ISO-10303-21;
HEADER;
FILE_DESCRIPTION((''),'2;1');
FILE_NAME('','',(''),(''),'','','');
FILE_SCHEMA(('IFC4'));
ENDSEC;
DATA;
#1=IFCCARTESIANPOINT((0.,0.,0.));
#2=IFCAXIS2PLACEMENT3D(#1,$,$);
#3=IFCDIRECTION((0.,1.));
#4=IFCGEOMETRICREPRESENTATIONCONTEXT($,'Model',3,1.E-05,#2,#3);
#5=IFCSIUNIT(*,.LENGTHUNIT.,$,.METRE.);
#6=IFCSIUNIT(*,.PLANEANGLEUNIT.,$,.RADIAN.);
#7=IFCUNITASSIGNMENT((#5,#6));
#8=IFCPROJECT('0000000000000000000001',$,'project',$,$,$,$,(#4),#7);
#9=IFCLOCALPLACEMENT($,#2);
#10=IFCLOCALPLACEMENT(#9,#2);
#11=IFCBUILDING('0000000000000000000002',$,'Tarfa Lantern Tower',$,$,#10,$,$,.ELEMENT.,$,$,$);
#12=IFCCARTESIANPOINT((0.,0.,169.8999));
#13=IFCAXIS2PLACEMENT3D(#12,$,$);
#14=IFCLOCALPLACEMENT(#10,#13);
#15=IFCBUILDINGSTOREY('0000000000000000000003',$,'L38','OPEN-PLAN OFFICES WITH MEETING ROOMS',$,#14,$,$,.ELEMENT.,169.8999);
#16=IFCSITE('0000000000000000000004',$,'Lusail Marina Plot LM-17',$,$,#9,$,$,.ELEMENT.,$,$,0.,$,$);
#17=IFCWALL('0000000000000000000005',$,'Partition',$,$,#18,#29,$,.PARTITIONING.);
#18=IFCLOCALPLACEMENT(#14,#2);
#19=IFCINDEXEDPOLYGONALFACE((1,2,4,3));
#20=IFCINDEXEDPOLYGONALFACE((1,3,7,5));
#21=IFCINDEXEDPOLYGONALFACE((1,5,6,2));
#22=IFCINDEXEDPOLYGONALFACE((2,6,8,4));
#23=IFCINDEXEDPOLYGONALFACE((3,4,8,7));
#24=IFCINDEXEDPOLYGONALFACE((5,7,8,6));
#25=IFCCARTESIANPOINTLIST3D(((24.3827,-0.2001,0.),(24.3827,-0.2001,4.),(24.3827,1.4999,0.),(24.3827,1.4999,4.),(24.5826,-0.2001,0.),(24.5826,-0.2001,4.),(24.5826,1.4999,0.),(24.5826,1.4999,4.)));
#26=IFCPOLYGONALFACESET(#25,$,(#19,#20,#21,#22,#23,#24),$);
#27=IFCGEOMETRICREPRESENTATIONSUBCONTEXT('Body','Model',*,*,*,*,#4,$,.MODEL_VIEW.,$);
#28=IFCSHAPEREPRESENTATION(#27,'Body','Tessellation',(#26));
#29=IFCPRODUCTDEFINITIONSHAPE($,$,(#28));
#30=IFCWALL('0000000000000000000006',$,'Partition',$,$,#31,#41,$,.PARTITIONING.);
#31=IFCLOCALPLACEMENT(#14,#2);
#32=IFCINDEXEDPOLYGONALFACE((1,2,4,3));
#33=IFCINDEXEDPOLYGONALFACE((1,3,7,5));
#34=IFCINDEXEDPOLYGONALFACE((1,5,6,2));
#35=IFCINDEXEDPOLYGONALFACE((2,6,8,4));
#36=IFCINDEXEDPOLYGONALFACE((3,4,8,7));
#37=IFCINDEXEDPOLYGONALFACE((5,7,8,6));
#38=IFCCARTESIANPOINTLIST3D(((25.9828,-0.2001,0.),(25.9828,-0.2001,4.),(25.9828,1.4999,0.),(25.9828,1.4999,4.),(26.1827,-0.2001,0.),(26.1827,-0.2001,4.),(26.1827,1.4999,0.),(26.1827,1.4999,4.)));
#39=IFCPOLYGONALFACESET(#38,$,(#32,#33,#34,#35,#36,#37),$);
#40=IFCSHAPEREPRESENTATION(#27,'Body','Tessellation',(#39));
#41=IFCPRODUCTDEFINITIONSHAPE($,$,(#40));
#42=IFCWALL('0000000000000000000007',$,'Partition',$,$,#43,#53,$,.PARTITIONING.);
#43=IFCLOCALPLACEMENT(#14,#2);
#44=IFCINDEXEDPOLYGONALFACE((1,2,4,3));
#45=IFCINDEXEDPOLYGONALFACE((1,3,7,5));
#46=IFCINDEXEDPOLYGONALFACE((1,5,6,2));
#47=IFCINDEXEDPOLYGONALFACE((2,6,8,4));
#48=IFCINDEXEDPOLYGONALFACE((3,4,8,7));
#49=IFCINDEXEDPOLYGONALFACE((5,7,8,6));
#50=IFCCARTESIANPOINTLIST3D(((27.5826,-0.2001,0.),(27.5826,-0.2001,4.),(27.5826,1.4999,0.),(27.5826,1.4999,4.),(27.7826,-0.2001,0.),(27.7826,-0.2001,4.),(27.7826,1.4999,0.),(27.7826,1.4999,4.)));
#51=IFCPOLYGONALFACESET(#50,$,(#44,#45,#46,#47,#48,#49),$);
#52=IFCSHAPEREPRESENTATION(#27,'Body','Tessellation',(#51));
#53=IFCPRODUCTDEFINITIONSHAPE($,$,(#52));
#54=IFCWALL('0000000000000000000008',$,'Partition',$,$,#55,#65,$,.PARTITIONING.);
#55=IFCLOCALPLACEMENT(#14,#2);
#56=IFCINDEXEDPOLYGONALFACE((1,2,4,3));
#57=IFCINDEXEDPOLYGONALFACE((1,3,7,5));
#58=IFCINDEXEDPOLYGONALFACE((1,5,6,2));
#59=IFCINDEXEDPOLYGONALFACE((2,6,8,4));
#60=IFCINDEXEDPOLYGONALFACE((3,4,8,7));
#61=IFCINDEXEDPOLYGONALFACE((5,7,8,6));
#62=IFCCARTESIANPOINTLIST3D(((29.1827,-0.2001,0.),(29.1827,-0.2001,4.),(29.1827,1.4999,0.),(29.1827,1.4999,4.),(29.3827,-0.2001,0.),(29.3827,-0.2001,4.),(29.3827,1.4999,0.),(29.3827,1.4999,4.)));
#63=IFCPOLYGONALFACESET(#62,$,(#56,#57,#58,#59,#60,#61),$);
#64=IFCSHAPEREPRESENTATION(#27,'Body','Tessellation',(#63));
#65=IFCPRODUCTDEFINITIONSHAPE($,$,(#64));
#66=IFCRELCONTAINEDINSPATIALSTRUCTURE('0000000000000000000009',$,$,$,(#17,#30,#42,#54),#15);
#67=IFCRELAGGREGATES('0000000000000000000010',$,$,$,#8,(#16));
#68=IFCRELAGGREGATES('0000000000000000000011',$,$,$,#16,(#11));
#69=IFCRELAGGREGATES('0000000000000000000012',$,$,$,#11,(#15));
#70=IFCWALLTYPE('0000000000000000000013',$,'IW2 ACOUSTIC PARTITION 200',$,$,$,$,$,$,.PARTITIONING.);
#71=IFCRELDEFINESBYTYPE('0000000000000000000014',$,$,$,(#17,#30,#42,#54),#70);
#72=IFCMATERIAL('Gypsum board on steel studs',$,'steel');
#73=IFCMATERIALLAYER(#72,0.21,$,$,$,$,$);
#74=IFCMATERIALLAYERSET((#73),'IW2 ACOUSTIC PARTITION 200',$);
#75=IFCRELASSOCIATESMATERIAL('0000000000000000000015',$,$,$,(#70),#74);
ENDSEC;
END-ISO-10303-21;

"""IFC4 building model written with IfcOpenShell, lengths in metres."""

from ifc_helpers import new_model, si_unit, direction, frame, frame_2d, origin, place, context, subcontext, project, spatial, rectangle, extrude, material, layer, layer_set, type_object, element, save


model = new_model("IFC4")

# Units and contexts
model_context = context("Model", 3, precision=1e-05, world=origin(), true_north=direction((0.0, 1.0)))
body_context = subcontext(model_context, "Body", "Model", "MODEL_VIEW")
ifc_project = project(units=[si_unit("LENGTHUNIT", "METRE"), si_unit("PLANEANGLEUNIT", "RADIAN")], contexts=[model_context])

# Site, building, storey
site_placement = place(None, origin())
site = spatial("IfcSite", under=ifc_project, at=site_placement, Name="Lusail Marina Plot LM-17", CompositionType="ELEMENT", RefElevation=0.0)
building_placement = place(site_placement, origin())
building = spatial("IfcBuilding", under=site, at=building_placement, Name="Tarfa Lantern Tower", CompositionType="ELEMENT")
storey_placement = place(building_placement, frame((0.0, 0.0, 169.8999)))
storey = spatial("IfcBuildingStorey", under=building, at=storey_placement, Name="L38", Description="OPEN-PLAN OFFICES WITH MEETING ROOMS", CompositionType="ELEMENT", Elevation=169.8999)

# Walls
ifc_material_1 = material(Name="Gypsum board on steel studs", Category="steel")
ifc_layer_1 = layer(ifc_material_1, 0.21)
ifc_layer_set_1 = layer_set([ifc_layer_1], Name="IW2 ACOUSTIC PARTITION 200")
wall_type = type_object("IfcWallType", Name="IW2 ACOUSTIC PARTITION 200", PredefinedType="PARTITIONING", material=ifc_layer_set_1)
for number, where, z_axis, x_axis, name in (
    (1, (24.4827, 1.5, 0.0), (0.0, 0.0, 1.0), (0.0, -1.0, 0.0), "Partition"),
    (2, (26.0828, 1.5, 0.0), (0.0, 0.0, 1.0), (0.0, -1.0, 0.0), "Partition"),
    (3, (27.6826, 1.5, 0.0), (0.0, 0.0, 1.0), (0.0, -1.0, 0.0), "Partition"),
    (4, (29.2827, 1.5, 0.0), (0.0, 0.0, 1.0), (0.0, -1.0, 0.0), "Partition"),
):
    element("IfcWall", number, at=place(storey_placement, frame(where, z_axis=z_axis, x_axis=x_axis)), inside=storey, type_object=wall_type, Name=name, PredefinedType="PARTITIONING", context=body_context, shape_type="SweptSolid", body=[
        extrude(rectangle(XDim=1.7, YDim=0.2, at=frame_2d((0.8501, 0.0))), origin(), (0.0, 0.0, 1.0), 4.0),
    ])

save(model, "model.ifc")
